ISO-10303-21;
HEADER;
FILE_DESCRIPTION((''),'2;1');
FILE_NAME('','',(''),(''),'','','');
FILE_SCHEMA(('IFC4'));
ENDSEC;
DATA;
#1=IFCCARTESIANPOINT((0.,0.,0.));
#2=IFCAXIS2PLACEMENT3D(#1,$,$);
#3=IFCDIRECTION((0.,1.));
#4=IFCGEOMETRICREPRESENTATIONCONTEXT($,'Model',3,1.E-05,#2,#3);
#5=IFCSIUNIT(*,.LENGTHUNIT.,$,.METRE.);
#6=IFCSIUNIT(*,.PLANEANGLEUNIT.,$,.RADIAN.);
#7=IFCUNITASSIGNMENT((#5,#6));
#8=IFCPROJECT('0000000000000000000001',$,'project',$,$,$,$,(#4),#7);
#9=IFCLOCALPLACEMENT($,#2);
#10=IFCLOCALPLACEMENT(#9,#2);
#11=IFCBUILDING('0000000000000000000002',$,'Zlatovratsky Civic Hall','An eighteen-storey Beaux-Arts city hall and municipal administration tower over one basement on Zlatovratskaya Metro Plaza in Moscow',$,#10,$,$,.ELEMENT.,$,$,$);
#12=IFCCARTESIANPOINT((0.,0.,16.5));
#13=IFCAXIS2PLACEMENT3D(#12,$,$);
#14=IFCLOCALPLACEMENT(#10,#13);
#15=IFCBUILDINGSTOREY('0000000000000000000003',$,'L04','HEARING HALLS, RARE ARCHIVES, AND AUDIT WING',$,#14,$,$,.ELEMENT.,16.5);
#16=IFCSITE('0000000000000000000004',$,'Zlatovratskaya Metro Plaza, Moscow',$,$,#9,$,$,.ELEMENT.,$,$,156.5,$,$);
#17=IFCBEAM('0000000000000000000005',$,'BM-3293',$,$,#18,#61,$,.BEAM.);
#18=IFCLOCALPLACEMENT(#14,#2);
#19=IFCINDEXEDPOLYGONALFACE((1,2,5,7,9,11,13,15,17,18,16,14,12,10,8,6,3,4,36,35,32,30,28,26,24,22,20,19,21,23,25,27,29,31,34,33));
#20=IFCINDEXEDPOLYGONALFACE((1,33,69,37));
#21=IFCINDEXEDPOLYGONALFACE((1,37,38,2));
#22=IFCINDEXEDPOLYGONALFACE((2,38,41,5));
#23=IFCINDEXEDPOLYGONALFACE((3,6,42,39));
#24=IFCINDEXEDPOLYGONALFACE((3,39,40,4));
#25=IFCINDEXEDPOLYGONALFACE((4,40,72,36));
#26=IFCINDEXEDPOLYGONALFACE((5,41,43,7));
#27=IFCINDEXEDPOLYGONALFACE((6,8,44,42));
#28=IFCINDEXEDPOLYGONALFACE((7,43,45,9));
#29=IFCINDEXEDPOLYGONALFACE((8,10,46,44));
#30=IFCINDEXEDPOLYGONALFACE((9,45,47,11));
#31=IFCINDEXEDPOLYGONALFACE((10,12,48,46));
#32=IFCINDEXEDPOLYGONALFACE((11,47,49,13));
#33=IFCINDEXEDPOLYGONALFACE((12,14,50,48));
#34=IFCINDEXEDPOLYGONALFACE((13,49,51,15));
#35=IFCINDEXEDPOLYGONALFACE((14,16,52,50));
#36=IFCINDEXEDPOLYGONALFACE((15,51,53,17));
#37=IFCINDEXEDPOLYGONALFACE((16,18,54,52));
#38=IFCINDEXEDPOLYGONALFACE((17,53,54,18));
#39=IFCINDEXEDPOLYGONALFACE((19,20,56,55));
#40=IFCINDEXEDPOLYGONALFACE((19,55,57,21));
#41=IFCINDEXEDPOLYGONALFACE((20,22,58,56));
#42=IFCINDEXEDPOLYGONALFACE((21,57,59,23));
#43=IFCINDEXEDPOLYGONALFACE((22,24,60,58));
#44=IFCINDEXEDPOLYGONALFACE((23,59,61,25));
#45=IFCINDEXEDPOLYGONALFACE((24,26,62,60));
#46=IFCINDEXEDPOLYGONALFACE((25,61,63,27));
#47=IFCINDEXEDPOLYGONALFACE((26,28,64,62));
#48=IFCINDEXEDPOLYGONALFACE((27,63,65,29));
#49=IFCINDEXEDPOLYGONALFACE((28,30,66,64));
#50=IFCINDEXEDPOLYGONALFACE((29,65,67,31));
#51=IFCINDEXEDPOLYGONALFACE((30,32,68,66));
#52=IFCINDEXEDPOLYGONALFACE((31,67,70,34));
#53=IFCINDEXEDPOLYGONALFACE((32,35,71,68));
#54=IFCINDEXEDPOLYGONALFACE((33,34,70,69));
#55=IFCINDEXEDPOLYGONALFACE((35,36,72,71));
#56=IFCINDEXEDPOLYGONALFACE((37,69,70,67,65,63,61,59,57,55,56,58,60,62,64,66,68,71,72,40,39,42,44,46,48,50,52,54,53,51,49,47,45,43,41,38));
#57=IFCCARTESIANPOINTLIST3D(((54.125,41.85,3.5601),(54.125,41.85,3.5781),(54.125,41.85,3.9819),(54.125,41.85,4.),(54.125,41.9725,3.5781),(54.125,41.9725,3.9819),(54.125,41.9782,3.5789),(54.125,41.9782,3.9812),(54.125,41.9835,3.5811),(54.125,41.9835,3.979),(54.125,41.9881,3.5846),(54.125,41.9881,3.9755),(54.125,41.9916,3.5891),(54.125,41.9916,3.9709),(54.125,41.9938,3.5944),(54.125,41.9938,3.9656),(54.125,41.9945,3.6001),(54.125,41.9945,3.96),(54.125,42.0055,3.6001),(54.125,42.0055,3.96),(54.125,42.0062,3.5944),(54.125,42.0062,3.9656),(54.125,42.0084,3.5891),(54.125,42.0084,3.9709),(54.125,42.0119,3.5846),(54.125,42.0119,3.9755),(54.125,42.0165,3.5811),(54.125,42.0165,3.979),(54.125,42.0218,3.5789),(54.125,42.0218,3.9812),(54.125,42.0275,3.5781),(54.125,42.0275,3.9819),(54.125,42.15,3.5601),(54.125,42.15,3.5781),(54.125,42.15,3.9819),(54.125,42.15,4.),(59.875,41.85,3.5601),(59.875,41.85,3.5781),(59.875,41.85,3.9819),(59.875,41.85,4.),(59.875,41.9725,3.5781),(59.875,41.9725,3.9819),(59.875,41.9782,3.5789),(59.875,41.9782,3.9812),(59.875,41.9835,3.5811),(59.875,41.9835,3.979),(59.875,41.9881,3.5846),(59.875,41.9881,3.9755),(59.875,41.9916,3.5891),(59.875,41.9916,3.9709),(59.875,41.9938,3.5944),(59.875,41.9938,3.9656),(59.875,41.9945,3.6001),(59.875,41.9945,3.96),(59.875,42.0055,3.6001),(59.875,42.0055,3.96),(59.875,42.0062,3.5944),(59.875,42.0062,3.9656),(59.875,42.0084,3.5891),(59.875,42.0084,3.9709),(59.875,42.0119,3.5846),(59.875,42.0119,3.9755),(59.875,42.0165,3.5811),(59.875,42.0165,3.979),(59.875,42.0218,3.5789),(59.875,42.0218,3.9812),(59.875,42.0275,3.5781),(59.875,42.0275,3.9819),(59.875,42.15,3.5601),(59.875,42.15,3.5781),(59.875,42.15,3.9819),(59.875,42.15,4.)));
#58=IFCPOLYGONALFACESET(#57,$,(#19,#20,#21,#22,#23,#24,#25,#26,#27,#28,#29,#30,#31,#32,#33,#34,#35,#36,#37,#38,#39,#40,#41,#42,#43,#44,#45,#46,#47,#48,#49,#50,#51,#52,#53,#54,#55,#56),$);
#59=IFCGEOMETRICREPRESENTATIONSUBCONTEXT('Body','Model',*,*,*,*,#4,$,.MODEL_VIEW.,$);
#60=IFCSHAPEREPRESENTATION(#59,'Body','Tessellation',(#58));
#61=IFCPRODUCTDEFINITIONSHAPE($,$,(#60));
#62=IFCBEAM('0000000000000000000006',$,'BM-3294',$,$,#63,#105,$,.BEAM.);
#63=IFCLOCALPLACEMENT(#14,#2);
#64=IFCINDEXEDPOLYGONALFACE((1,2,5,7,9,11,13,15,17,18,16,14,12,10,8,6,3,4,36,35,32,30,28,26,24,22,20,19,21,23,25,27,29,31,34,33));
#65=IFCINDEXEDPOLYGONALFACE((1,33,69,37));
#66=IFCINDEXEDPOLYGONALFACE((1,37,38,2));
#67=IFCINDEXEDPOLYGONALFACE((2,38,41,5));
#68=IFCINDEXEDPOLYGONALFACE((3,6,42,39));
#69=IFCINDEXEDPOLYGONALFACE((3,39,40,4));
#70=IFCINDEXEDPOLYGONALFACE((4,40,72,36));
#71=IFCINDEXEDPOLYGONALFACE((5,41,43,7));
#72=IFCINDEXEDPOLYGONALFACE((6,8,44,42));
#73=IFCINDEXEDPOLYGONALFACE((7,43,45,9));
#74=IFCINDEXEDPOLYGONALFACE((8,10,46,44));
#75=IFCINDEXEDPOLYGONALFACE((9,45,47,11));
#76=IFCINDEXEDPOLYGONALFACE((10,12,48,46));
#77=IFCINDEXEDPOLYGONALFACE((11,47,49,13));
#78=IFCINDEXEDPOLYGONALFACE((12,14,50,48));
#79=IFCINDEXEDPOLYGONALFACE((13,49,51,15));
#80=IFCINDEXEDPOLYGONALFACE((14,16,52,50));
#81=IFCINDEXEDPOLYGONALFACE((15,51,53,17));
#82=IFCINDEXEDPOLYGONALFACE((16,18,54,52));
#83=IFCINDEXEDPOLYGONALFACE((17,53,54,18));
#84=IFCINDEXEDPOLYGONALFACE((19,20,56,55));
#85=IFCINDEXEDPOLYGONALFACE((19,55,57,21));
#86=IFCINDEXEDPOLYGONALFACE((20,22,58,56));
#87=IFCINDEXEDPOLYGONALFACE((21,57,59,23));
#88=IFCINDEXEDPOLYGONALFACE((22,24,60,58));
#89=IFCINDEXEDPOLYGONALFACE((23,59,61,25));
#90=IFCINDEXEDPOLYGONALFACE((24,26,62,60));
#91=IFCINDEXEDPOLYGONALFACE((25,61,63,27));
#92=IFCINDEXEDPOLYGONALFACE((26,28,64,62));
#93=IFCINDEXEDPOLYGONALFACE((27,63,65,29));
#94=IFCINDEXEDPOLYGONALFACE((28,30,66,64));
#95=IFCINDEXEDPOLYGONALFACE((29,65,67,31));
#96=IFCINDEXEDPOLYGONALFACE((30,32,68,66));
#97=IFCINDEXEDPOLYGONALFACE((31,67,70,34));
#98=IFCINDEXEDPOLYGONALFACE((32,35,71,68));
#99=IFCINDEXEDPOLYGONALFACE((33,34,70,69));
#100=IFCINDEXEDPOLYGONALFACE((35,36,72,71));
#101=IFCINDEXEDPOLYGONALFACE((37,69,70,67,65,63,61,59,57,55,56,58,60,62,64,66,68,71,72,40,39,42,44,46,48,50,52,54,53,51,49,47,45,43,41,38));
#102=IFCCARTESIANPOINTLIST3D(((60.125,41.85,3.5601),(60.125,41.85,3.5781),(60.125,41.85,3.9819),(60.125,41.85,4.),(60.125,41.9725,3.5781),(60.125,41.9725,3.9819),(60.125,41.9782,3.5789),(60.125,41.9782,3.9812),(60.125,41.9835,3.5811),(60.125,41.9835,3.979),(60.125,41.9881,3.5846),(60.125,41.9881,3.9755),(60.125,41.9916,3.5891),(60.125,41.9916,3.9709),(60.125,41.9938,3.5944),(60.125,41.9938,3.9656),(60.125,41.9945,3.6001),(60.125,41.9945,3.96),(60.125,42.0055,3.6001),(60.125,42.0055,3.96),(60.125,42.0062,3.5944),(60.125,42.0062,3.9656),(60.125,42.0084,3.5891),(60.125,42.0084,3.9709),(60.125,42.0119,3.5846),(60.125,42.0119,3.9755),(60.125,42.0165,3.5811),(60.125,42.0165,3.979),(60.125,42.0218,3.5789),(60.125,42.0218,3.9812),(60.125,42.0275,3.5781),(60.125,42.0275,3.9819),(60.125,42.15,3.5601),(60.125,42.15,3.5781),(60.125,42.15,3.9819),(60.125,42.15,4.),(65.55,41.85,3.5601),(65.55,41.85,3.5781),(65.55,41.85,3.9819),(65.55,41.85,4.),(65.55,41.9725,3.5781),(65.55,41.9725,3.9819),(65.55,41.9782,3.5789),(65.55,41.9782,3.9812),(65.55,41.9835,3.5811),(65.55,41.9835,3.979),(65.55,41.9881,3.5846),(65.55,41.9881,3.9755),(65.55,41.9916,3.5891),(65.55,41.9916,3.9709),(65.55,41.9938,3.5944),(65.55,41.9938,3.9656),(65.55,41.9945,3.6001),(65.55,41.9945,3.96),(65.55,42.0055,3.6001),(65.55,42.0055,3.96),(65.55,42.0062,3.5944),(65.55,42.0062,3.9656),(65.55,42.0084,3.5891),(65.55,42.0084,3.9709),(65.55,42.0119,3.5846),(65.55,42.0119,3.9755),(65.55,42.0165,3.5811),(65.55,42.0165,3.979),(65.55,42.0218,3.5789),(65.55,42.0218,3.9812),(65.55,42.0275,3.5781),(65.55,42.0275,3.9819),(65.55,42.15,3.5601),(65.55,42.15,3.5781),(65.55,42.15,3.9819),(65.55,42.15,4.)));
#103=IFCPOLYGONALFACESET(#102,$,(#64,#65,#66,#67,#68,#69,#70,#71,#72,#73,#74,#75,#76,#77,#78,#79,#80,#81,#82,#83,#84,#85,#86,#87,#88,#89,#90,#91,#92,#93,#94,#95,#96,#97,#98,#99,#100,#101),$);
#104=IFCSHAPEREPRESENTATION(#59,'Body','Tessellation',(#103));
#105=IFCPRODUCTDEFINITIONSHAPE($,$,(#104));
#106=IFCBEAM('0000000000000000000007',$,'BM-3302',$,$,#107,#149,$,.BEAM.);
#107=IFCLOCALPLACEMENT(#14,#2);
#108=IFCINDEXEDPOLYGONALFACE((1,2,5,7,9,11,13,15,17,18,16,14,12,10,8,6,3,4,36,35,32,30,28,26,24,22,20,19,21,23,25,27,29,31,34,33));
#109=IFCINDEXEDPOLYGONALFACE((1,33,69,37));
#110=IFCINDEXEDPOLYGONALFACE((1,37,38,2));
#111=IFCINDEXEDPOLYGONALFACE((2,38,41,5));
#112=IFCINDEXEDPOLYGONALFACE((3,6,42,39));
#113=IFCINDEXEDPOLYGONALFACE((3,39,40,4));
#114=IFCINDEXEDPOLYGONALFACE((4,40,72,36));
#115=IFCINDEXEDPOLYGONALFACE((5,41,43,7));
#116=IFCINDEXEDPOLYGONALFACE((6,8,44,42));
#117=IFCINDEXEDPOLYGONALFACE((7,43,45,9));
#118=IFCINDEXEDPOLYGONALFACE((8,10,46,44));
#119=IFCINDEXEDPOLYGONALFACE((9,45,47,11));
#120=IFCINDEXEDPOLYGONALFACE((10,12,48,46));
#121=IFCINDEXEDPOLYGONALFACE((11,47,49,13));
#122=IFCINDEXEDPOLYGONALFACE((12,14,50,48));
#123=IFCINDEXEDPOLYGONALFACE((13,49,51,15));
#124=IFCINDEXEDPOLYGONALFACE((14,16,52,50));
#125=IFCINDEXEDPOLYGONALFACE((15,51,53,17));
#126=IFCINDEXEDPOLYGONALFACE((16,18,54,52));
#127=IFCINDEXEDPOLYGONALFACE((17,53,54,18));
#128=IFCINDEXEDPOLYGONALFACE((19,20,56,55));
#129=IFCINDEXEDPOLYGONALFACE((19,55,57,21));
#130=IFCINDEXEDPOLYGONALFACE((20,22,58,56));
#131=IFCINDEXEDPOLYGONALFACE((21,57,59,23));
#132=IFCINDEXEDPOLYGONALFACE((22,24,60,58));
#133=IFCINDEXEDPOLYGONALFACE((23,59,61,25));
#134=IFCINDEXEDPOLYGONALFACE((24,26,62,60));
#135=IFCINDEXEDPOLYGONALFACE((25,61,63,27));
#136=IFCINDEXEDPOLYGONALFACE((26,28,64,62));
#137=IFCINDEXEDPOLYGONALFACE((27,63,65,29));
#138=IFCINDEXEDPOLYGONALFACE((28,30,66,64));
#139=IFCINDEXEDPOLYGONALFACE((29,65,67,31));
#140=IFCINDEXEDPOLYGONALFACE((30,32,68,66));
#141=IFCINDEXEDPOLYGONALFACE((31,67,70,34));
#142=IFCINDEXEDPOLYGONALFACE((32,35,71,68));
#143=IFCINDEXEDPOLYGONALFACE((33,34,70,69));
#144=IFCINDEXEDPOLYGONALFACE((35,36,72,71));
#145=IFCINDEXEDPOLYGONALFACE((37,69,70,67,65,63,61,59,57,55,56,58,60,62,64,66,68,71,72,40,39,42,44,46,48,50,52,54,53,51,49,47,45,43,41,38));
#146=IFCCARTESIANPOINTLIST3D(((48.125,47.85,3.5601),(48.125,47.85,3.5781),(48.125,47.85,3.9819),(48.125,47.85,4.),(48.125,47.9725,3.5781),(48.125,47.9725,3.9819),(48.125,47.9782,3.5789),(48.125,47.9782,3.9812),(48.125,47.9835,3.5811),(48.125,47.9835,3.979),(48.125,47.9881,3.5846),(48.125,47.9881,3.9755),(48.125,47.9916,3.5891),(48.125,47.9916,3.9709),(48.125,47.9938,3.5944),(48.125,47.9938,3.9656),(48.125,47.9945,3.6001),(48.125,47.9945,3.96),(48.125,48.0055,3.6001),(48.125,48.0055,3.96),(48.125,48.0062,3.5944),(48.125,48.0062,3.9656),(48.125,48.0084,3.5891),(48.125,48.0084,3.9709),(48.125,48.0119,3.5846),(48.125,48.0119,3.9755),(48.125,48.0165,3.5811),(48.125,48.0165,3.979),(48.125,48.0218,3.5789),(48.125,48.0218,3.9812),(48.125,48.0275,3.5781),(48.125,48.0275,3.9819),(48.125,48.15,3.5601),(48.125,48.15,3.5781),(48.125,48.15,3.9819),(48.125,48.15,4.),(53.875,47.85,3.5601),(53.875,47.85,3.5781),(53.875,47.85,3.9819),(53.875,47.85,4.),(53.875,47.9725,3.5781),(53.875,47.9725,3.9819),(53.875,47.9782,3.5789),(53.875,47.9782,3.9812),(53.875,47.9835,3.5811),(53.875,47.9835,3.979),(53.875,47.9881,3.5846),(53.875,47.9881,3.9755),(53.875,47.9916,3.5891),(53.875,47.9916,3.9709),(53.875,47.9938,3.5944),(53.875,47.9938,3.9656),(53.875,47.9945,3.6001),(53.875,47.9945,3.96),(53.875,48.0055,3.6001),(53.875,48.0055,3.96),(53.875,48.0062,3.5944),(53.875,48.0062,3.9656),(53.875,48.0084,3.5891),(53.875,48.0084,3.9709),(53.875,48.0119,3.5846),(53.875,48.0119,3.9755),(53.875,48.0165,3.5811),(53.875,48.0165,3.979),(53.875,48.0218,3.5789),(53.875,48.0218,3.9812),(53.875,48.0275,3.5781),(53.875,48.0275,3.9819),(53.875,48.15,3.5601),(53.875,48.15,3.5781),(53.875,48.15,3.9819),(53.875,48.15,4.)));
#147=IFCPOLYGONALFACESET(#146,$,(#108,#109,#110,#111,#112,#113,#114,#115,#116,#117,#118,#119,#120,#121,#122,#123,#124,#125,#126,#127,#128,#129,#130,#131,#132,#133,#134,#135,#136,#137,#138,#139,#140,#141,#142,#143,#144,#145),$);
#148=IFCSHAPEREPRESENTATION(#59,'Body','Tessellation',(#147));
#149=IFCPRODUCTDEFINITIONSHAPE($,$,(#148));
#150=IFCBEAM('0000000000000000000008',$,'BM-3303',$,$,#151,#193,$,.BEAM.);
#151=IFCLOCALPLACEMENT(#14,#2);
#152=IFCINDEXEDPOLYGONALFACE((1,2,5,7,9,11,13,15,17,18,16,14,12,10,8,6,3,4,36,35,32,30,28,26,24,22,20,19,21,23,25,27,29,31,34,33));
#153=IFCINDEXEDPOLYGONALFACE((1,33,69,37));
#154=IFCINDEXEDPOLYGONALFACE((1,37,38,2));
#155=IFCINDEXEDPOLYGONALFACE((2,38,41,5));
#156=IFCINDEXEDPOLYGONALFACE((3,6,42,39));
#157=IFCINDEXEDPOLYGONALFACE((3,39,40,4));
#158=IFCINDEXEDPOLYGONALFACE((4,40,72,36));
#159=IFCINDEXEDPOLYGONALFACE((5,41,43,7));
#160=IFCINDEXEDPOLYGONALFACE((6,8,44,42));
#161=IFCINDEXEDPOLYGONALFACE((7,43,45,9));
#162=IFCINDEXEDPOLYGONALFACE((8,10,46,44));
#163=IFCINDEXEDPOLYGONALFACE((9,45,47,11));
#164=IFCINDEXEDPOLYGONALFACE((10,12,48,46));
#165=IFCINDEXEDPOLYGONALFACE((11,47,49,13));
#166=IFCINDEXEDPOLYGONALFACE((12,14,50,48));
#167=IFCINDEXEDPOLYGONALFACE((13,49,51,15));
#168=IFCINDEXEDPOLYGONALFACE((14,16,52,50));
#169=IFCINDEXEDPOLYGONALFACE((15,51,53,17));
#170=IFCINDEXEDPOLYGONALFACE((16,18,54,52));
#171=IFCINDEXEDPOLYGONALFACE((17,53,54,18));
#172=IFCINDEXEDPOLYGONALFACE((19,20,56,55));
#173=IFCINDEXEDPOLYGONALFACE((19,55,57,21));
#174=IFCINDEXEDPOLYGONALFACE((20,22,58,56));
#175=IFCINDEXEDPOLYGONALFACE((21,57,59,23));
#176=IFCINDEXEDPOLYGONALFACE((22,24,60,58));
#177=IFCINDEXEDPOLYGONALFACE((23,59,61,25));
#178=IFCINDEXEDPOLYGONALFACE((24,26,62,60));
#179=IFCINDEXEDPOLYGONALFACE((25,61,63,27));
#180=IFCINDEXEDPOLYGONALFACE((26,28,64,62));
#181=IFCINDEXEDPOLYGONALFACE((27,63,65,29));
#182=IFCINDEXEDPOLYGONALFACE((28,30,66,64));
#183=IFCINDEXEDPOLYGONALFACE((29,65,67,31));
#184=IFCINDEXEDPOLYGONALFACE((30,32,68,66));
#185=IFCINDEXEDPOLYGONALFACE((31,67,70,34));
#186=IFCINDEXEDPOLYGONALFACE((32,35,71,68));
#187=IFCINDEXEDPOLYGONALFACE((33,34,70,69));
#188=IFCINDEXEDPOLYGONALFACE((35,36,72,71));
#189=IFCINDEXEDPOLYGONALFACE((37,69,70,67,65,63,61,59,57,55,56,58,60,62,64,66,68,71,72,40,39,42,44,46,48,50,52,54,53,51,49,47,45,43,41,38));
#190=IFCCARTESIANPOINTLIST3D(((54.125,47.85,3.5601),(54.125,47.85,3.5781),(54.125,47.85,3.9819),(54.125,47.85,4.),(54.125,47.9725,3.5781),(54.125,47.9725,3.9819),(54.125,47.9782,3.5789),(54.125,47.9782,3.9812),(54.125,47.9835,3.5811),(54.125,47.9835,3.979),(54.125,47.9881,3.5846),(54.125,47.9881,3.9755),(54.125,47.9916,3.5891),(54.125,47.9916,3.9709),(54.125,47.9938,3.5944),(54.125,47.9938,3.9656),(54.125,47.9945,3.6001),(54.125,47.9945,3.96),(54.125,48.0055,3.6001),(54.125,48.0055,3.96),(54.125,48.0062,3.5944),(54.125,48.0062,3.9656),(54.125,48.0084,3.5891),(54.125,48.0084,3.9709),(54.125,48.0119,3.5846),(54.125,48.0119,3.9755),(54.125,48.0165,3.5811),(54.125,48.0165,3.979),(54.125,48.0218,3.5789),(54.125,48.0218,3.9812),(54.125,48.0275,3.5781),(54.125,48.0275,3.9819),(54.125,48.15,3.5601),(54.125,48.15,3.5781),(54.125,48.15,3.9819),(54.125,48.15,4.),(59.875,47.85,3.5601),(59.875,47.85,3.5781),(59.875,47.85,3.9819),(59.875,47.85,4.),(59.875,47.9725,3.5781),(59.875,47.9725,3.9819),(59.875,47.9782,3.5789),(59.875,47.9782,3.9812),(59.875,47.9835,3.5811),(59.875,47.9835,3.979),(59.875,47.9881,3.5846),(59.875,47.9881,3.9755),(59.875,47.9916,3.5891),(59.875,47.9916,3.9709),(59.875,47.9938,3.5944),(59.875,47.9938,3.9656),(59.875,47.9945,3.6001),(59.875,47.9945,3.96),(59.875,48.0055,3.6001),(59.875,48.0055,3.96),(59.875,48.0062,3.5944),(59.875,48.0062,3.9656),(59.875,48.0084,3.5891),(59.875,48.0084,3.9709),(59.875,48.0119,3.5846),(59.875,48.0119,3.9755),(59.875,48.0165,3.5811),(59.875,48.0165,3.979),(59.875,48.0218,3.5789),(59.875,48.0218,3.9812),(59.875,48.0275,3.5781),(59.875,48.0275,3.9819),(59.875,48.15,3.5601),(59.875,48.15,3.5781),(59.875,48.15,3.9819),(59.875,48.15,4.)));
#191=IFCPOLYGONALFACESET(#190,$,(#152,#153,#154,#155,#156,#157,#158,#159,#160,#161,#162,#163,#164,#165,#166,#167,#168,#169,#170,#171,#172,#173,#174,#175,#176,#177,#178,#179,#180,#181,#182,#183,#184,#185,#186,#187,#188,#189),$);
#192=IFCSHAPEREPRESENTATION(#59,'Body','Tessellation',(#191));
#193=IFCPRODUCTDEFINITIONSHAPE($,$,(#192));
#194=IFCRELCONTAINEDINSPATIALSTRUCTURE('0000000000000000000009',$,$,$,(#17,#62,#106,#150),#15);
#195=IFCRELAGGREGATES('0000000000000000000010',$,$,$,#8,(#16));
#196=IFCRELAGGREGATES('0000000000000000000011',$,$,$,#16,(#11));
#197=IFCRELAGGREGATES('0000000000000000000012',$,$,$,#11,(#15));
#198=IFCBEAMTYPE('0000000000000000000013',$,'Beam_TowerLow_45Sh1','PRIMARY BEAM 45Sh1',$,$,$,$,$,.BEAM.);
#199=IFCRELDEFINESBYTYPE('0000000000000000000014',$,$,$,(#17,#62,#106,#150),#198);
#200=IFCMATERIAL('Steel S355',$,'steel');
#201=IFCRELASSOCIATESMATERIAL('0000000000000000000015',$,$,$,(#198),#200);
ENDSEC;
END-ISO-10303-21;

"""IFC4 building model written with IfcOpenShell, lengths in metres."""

from ifc_helpers import new_model, si_unit, direction, frame, origin, origin_2d, place, context, subcontext, project, spatial, i_section, extrude, material, material_profile, profile_set, type_object, element, save


model = new_model("IFC4")

# Units and contexts
model_context = context("Model", 3, precision=1e-05, world=origin(), true_north=direction((0.0, 1.0)))
body_context = subcontext(model_context, "Body", "Model", "MODEL_VIEW")
ifc_project = project(units=[si_unit("LENGTHUNIT", "METRE"), si_unit("PLANEANGLEUNIT", "RADIAN")], contexts=[model_context])

# Site, building, storey
site_placement = place(None, origin())
site = spatial("IfcSite", under=ifc_project, at=site_placement, Name="Zlatovratskaya Metro Plaza, Moscow", CompositionType="ELEMENT", RefElevation=156.5)
building_placement = place(site_placement, origin())
building = spatial("IfcBuilding", under=site, at=building_placement, Name="Zlatovratsky Civic Hall", Description="An eighteen-storey Beaux-Arts city hall and municipal administration tower over one basement on Zlatovratskaya Metro Plaza in Moscow", CompositionType="ELEMENT")
storey_placement = place(building_placement, frame((0.0, 0.0, 16.5)))
storey = spatial("IfcBuildingStorey", under=building, at=storey_placement, Name="L04", Description="HEARING HALLS, RARE ARCHIVES, AND AUDIT WING", CompositionType="ELEMENT", Elevation=16.5)

# Shared definitions
ifc_material_1 = material(Name="Steel S355", Category="steel")

# Beams
ifc_material_profile_1 = material_profile(ifc_material_1, i_section(OverallWidth=0.3, OverallDepth=0.4399, WebThickness=0.011, FlangeThickness=0.0181, FilletRadius=0.022, at=origin_2d()), Name="45Sh1")
ifc_profile_set_1 = profile_set([ifc_material_profile_1], Name="Steel S355")
beam_type = type_object("IfcBeamType", Name="Beam_TowerLow_45Sh1", Description="PRIMARY BEAM 45Sh1", PredefinedType="BEAM", material=ifc_profile_set_1)
for number, where, z_axis, x_axis, name in (
    (1, (54.125, 42.0, 3.78), (1.0, 0.0, 0.0), (0.0, 1.0, 0.0), "BM-3293"),
):
    element("IfcBeam", number, at=place(storey_placement, frame(where, z_axis=z_axis, x_axis=x_axis)), inside=storey, type_object=beam_type, Name=name, PredefinedType="BEAM", context=body_context, shape_type="SweptSolid", body=[
        extrude(i_section(OverallWidth=0.3, OverallDepth=0.4399, WebThickness=0.011, FlangeThickness=0.0181, FilletRadius=0.022, at=origin_2d()), origin(), (0.0, 0.0, 1.0), 5.75),
    ])
beam_1_placement = place(storey_placement, frame((60.125, 42.0, 3.78), z_axis=(1.0, 0.0, 0.0), x_axis=(0.0, 1.0, 0.0)))
element("IfcBeam", 2, at=beam_1_placement, inside=storey, type_object=beam_type, Name="BM-3294", PredefinedType="BEAM", context=body_context, shape_type="SweptSolid", body=[
    extrude(i_section(OverallWidth=0.3, OverallDepth=0.4399, WebThickness=0.011, FlangeThickness=0.0181, FilletRadius=0.022, at=origin_2d()), origin(), (0.0, 0.0, 1.0), 5.425),
])
for number, where, z_axis, x_axis, name in (
    (3, (48.125, 48.0, 3.78), (1.0, 0.0, 0.0), (0.0, 1.0, 0.0), "BM-3302"),
    (4, (54.125, 48.0, 3.78), (1.0, 0.0, 0.0), (0.0, 1.0, 0.0), "BM-3303"),
):
    element("IfcBeam", number, at=place(storey_placement, frame(where, z_axis=z_axis, x_axis=x_axis)), inside=storey, type_object=beam_type, Name=name, PredefinedType="BEAM", context=body_context, shape_type="SweptSolid", body=[
        extrude(i_section(OverallWidth=0.3, OverallDepth=0.4399, WebThickness=0.011, FlangeThickness=0.0181, FilletRadius=0.022, at=origin_2d()), origin(), (0.0, 0.0, 1.0), 5.75),
    ])

save(model, "model.ifc")
